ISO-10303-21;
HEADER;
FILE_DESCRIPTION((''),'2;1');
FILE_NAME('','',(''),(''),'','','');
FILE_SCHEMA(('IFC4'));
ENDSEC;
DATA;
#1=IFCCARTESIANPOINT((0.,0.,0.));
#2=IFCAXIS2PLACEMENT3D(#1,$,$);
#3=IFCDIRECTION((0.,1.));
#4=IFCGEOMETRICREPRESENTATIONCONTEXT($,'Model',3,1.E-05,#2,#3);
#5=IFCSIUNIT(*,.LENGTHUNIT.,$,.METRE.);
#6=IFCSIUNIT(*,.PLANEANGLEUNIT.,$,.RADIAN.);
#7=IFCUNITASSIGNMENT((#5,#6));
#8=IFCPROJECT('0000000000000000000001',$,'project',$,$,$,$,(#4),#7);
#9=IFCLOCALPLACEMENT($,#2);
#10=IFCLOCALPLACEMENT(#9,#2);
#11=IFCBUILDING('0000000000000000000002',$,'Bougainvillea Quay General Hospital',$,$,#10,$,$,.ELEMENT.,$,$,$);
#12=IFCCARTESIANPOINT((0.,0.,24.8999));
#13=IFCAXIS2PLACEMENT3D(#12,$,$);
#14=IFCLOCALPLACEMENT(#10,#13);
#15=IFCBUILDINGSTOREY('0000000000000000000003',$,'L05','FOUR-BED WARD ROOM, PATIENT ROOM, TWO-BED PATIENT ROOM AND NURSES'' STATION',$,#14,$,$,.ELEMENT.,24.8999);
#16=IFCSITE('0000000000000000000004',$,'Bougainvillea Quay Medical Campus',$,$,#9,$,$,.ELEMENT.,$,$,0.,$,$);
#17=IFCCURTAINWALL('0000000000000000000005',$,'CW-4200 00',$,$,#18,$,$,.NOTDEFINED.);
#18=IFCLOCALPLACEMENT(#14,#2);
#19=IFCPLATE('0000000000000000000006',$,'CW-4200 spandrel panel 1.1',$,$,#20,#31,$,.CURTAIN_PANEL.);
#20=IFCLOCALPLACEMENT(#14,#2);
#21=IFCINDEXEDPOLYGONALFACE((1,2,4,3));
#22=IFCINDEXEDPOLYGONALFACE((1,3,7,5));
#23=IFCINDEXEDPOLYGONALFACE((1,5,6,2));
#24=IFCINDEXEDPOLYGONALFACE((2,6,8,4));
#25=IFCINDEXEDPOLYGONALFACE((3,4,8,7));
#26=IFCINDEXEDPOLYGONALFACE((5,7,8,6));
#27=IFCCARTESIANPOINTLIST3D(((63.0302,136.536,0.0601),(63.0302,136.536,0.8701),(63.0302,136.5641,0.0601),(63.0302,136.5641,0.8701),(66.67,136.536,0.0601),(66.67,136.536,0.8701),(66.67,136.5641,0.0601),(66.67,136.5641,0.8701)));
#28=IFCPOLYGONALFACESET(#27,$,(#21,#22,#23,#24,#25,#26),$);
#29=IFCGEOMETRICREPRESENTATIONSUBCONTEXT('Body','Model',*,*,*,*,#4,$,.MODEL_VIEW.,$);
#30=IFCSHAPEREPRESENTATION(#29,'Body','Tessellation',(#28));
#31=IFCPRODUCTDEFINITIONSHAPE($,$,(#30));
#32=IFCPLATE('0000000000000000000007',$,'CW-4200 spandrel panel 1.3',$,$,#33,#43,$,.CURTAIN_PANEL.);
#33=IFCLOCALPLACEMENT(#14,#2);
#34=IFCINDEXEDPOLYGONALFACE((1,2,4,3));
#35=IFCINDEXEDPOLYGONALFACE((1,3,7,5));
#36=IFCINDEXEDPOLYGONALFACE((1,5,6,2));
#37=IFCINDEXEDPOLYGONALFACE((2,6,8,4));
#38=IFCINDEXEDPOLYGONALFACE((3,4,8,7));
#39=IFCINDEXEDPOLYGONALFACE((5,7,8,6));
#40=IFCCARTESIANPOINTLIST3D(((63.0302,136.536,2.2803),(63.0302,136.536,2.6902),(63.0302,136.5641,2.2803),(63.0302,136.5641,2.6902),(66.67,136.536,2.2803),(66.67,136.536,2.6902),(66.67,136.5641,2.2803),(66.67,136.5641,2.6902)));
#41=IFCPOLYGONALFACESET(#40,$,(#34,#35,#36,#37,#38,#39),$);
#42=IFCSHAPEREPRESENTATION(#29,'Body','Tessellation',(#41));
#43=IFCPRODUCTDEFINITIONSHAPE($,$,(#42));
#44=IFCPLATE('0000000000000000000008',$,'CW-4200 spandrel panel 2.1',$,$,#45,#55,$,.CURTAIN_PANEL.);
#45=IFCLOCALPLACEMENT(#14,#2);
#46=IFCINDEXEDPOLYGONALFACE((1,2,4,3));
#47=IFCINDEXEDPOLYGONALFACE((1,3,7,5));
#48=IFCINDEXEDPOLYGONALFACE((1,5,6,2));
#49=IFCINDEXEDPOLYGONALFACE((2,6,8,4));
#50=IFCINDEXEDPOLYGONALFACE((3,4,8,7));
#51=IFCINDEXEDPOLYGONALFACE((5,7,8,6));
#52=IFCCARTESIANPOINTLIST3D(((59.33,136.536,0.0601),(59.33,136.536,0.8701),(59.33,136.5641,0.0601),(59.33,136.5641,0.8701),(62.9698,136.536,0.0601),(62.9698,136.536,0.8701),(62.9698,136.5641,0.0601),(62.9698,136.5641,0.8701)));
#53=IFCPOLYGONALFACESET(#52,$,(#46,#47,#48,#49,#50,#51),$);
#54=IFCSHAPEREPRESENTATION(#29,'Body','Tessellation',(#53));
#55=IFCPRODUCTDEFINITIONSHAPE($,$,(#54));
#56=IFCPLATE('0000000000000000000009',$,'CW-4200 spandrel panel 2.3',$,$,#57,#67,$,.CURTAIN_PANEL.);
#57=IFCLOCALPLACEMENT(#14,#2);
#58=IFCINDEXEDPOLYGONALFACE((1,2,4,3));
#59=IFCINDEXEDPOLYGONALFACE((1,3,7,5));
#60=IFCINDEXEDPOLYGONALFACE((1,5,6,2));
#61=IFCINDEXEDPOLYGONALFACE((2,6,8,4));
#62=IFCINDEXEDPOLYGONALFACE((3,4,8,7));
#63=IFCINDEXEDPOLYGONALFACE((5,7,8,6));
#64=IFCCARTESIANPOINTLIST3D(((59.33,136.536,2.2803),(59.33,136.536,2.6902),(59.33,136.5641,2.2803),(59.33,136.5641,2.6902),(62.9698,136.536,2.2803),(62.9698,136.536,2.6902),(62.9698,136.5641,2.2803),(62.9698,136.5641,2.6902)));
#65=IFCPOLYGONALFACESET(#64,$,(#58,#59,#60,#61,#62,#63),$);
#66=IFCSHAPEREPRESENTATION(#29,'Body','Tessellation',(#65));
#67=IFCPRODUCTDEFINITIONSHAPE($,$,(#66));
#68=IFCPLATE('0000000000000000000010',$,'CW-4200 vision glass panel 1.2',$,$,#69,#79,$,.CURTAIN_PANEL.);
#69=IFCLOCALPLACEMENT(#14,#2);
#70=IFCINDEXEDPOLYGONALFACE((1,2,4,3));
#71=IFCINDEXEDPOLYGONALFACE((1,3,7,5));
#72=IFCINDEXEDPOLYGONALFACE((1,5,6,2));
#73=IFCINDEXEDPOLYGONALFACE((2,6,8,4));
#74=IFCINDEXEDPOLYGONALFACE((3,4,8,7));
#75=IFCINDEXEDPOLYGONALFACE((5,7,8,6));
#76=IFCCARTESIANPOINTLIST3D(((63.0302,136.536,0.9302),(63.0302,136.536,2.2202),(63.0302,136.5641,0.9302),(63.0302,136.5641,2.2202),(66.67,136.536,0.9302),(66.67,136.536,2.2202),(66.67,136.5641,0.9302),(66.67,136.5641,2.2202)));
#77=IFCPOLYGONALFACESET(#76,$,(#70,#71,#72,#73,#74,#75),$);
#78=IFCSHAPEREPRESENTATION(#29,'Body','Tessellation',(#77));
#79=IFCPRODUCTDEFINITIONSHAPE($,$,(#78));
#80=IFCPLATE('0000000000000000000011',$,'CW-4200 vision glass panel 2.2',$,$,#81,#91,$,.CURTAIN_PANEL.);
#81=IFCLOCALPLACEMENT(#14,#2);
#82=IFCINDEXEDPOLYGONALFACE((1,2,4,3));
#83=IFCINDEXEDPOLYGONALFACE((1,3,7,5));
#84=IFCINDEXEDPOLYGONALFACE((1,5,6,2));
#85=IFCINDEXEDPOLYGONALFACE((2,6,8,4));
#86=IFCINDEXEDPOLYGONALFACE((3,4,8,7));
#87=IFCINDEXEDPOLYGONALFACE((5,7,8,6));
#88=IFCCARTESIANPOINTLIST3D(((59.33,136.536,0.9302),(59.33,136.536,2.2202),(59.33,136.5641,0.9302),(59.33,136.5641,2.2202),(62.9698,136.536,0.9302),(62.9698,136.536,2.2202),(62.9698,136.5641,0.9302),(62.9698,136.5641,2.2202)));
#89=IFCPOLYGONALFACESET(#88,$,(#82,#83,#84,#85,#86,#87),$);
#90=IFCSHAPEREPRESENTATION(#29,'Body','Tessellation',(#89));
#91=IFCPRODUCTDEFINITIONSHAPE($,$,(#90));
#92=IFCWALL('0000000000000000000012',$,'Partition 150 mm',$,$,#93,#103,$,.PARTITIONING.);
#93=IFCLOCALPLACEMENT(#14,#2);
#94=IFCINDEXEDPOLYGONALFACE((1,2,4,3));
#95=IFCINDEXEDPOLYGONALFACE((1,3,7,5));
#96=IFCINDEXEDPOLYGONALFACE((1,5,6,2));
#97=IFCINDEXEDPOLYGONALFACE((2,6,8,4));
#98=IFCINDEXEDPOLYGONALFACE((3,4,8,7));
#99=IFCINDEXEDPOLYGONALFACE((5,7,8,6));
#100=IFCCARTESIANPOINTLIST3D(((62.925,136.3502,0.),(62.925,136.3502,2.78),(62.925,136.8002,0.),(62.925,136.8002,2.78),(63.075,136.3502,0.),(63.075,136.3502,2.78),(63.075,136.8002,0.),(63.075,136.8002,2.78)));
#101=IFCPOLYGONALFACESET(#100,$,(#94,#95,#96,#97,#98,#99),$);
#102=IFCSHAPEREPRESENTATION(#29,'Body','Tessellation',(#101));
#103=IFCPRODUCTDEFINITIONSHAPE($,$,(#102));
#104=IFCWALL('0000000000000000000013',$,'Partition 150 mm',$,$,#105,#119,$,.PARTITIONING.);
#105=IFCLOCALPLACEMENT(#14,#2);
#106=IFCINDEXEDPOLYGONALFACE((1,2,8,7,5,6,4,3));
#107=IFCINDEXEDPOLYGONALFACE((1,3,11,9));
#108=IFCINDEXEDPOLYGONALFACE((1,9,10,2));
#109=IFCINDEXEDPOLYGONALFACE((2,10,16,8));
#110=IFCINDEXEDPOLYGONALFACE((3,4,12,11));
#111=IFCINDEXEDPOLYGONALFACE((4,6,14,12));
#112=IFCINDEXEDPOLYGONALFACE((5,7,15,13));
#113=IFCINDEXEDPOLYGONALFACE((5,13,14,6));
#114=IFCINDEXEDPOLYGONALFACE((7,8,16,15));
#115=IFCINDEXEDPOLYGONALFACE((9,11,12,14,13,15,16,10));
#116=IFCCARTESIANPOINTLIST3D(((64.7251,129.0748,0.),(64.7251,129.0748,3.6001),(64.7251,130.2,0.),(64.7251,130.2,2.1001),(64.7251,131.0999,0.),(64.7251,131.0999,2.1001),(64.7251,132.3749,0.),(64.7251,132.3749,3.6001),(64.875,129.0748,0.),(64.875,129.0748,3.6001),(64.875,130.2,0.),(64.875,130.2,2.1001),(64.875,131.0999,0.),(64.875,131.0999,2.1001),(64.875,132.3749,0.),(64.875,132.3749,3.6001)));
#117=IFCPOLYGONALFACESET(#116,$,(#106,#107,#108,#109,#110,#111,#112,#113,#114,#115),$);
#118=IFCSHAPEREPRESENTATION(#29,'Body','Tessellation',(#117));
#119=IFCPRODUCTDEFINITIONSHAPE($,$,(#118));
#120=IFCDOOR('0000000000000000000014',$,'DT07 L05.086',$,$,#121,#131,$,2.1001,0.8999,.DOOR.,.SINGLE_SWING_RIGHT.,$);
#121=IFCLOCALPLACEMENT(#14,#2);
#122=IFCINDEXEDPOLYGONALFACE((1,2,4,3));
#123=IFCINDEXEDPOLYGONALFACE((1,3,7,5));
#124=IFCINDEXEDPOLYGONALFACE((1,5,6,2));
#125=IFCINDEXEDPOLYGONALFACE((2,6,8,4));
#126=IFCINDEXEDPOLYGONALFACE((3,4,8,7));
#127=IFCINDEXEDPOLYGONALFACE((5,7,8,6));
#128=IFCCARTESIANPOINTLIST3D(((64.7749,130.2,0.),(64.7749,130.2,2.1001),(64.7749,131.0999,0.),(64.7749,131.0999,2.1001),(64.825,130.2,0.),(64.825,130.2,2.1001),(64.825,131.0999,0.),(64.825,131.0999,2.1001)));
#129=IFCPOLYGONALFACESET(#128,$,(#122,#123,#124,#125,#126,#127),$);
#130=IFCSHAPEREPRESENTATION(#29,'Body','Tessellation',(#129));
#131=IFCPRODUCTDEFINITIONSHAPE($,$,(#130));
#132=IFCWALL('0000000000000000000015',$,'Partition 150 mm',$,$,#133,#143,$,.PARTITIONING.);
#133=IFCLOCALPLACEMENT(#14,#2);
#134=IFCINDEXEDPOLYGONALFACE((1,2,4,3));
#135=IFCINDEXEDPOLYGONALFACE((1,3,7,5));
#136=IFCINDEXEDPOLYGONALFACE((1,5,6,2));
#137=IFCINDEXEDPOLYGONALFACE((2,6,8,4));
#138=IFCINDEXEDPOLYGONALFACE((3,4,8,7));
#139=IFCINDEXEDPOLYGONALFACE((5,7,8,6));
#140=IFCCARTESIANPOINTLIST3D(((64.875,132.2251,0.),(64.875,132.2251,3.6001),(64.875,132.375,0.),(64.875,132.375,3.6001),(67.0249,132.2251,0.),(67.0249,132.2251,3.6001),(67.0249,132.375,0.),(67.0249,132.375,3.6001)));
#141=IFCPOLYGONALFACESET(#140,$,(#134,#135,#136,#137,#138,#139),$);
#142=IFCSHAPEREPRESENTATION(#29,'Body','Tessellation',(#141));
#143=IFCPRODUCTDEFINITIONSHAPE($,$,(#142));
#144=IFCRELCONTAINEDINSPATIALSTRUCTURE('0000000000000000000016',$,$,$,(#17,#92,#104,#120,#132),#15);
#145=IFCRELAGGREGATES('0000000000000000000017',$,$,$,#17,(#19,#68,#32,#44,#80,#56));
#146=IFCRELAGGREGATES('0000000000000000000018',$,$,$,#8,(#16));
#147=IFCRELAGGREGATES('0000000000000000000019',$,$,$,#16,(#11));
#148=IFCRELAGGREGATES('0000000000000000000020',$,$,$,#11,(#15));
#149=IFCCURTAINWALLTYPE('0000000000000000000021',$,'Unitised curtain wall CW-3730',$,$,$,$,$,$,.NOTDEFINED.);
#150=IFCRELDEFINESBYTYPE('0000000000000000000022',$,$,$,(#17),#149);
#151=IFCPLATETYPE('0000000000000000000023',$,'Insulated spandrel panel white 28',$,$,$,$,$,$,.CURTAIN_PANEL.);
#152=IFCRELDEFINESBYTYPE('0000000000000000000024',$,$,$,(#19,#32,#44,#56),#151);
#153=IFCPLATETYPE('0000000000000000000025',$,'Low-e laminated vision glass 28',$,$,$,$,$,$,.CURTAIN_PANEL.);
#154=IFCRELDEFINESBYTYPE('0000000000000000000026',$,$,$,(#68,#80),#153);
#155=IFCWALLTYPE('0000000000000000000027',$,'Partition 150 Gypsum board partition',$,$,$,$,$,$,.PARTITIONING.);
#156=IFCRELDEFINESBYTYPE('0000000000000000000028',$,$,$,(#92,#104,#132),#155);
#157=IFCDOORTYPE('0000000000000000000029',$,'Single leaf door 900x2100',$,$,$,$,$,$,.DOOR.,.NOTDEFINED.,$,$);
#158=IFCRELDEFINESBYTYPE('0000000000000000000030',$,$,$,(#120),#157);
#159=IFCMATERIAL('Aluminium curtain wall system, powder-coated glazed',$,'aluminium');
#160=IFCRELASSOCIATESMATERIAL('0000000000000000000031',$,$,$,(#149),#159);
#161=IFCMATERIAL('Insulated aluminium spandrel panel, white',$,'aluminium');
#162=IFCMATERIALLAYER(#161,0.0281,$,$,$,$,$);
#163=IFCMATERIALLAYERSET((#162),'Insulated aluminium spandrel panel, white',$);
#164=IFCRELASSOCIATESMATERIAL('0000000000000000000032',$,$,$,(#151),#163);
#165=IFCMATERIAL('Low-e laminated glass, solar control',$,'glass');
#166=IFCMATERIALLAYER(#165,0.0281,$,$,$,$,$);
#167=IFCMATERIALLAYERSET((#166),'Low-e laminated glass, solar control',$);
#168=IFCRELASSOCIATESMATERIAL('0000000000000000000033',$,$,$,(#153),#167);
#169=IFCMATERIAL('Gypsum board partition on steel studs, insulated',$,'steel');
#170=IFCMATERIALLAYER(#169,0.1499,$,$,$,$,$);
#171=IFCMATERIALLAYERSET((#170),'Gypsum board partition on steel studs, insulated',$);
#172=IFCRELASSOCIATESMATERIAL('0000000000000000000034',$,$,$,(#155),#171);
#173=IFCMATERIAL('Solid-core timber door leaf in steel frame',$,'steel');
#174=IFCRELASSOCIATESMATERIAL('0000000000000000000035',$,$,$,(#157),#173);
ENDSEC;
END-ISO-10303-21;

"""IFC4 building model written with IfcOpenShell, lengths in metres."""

from ifc_helpers import new_model, si_unit, direction, frame, frame_2d, origin, origin_2d, place, context, subcontext, project, spatial, rectangle, extrude, material, layer, layer_set, type_object, element, fill, aggregate, save


model = new_model("IFC4")

# Units and contexts
model_context = context("Model", 3, precision=1e-05, world=origin(), true_north=direction((0.0, 1.0)))
body_context = subcontext(model_context, "Body", "Model", "MODEL_VIEW")
ifc_project = project(units=[si_unit("LENGTHUNIT", "METRE"), si_unit("PLANEANGLEUNIT", "RADIAN")], contexts=[model_context])

# Site, building, storey
site_placement = place(None, origin())
site = spatial("IfcSite", under=ifc_project, at=site_placement, Name="Bougainvillea Quay Medical Campus", CompositionType="ELEMENT", RefElevation=0.0)
building_placement = place(site_placement, origin())
building = spatial("IfcBuilding", under=site, at=building_placement, Name="Bougainvillea Quay General Hospital", CompositionType="ELEMENT")
storey_placement = place(building_placement, frame((0.0, 0.0, 24.8999)))
storey = spatial("IfcBuildingStorey", under=building, at=storey_placement, Name="L05", Description="FOUR-BED WARD ROOM, PATIENT ROOM, TWO-BED PATIENT ROOM AND NURSES' STATION", CompositionType="ELEMENT", Elevation=24.8999)

# Curtain wall
ifc_material_1 = material(Name="Aluminium curtain wall system, powder-coated glazed", Category="aluminium")
curtain_wall_type = type_object("IfcCurtainWallType", Name="Unitised curtain wall CW-3730", PredefinedType="NOTDEFINED", material=ifc_material_1)
curtain_wall_1_placement = place(storey_placement, origin())
curtain_wall_1 = element("IfcCurtainWall", 1, at=curtain_wall_1_placement, inside=storey, type_object=curtain_wall_type, Name="CW-4200 00", PredefinedType="NOTDEFINED")

# Plates
ifc_material_2 = material(Name="Insulated aluminium spandrel panel, white", Category="aluminium")
ifc_layer_1 = layer(ifc_material_2, 0.0281)
ifc_layer_set_1 = layer_set([ifc_layer_1], Name="Insulated aluminium spandrel panel, white")
plate_type_1 = type_object("IfcPlateType", Name="Insulated spandrel panel white 28", PredefinedType="CURTAIN_PANEL", material=ifc_layer_set_1)
plate_1_placement = place(storey_placement, frame((64.8501, 136.55, 0.0601), z_axis=(0.0, 0.0, 1.0), x_axis=(-1.0, 0.0, 0.0)))
plate_1 = element("IfcPlate", 2, at=plate_1_placement, type_object=plate_type_1, Name="CW-4200 spandrel panel 1.1", PredefinedType="CURTAIN_PANEL", context=body_context, shape_type="SweptSolid", body=[
    extrude(rectangle(XDim=3.6399, YDim=0.0281, at=origin_2d()), origin(), (0.0, 0.0, 1.0), 0.8101),
])
plate_2_placement = place(storey_placement, frame((64.8501, 136.55, 2.2803), z_axis=(0.0, 0.0, 1.0), x_axis=(-1.0, 0.0, 0.0)))
plate_2 = element("IfcPlate", 3, at=plate_2_placement, type_object=plate_type_1, Name="CW-4200 spandrel panel 1.3", PredefinedType="CURTAIN_PANEL", context=body_context, shape_type="SweptSolid", body=[
    extrude(rectangle(XDim=3.6399, YDim=0.0281, at=origin_2d()), origin(), (0.0, 0.0, 1.0), 0.4099),
])
plate_3_placement = place(storey_placement, frame((61.1499, 136.55, 0.0601), z_axis=(0.0, 0.0, 1.0), x_axis=(-1.0, 0.0, 0.0)))
plate_3 = element("IfcPlate", 4, at=plate_3_placement, type_object=plate_type_1, Name="CW-4200 spandrel panel 2.1", PredefinedType="CURTAIN_PANEL", context=body_context, shape_type="SweptSolid", body=[
    extrude(rectangle(XDim=3.6399, YDim=0.0281, at=origin_2d()), origin(), (0.0, 0.0, 1.0), 0.8101),
])
plate_4_placement = place(storey_placement, frame((61.1499, 136.55, 2.2803), z_axis=(0.0, 0.0, 1.0), x_axis=(-1.0, 0.0, 0.0)))
plate_4 = element("IfcPlate", 5, at=plate_4_placement, type_object=plate_type_1, Name="CW-4200 spandrel panel 2.3", PredefinedType="CURTAIN_PANEL", context=body_context, shape_type="SweptSolid", body=[
    extrude(rectangle(XDim=3.6399, YDim=0.0281, at=origin_2d()), origin(), (0.0, 0.0, 1.0), 0.4099),
])
ifc_material_3 = material(Name="Low-e laminated glass, solar control", Category="glass")
ifc_layer_2 = layer(ifc_material_3, 0.0281)
ifc_layer_set_2 = layer_set([ifc_layer_2], Name="Low-e laminated glass, solar control")
plate_type_2 = type_object("IfcPlateType", Name="Low-e laminated vision glass 28", PredefinedType="CURTAIN_PANEL", material=ifc_layer_set_2)
plate_5_placement = place(storey_placement, frame((64.8501, 136.55, 0.9302), z_axis=(0.0, 0.0, 1.0), x_axis=(-1.0, 0.0, 0.0)))
plate_5 = element("IfcPlate", 6, at=plate_5_placement, type_object=plate_type_2, Name="CW-4200 vision glass panel 1.2", PredefinedType="CURTAIN_PANEL", context=body_context, shape_type="SweptSolid", body=[
    extrude(rectangle(XDim=3.6399, YDim=0.0281, at=origin_2d()), origin(), (0.0, 0.0, 1.0), 1.29),
])
plate_6_placement = place(storey_placement, frame((61.1499, 136.55, 0.9302), z_axis=(0.0, 0.0, 1.0), x_axis=(-1.0, 0.0, 0.0)))
plate_6 = element("IfcPlate", 7, at=plate_6_placement, type_object=plate_type_2, Name="CW-4200 vision glass panel 2.2", PredefinedType="CURTAIN_PANEL", context=body_context, shape_type="SweptSolid", body=[
    extrude(rectangle(XDim=3.6399, YDim=0.0281, at=origin_2d()), origin(), (0.0, 0.0, 1.0), 1.29),
])
aggregate(curtain_wall_1, [plate_1, plate_5, plate_2, plate_3, plate_6, plate_4])

# Wall
ifc_material_4 = material(Name="Gypsum board partition on steel studs, insulated", Category="steel")
ifc_layer_3 = layer(ifc_material_4, 0.1499)
ifc_layer_set_3 = layer_set([ifc_layer_3], Name="Gypsum board partition on steel studs, insulated")
wall_type = type_object("IfcWallType", Name="Partition 150 Gypsum board partition", PredefinedType="PARTITIONING", material=ifc_layer_set_3)
wall_1_placement = place(storey_placement, frame((63.0, 136.3501, 0.0), z_axis=(0.0, 0.0, 1.0), x_axis=(0.0, 1.0, 0.0)))
element("IfcWall", 8, at=wall_1_placement, inside=storey, type_object=wall_type, Name="Partition 150 mm", PredefinedType="PARTITIONING", context=body_context, shape_type="SweptSolid", body=[
    extrude(rectangle(XDim=0.45, YDim=0.1499, at=frame_2d((0.2251, 0.0))), origin(), (0.0, 0.0, 1.0), 2.78),
])

# Wall, opening, door
wall_2_placement = place(storey_placement, frame((64.8, 129.075, 0.0), z_axis=(0.0, 0.0, 1.0), x_axis=(0.0, 1.0, 0.0)))
wall_2 = element("IfcWall", 9, at=wall_2_placement, inside=storey, type_object=wall_type, Name="Partition 150 mm", PredefinedType="PARTITIONING", context=body_context, shape_type="SweptSolid", body=[
    extrude(rectangle(XDim=3.3, YDim=0.1499, at=frame_2d((1.6499, 0.0))), origin(), (0.0, 0.0, 1.0), 3.6001),
])
opening_placement = place(wall_2_placement, frame((1.125, 0.0, 0.0)))
opening = element("IfcOpeningElement", 10, at=opening_placement, cuts=wall_2, PredefinedType="OPENING", context=body_context, shape_type="SweptSolid", body=[
    extrude(rectangle(XDim=0.8999, YDim=2.1001, at=frame_2d((0.45, 1.05))), frame((0.0, 0.085, 0.0), z_axis=(0.0, -1.0, 0.0), x_axis=(1.0, 0.0, 0.0)), (0.0, 0.0, 1.0), 0.1699),
])
ifc_material_5 = material(Name="Solid-core timber door leaf in steel frame", Category="steel")
door_type = type_object("IfcDoorType", Name="Single leaf door 900x2100", OperationType="NOTDEFINED", PredefinedType="DOOR", material=ifc_material_5)
door_placement = place(opening_placement, frame((0.8999, 0.0, 0.0), z_axis=(0.0, 0.0, 1.0), x_axis=(-1.0, 0.0, 0.0)))
door = element("IfcDoor", 11, at=door_placement, inside=storey, type_object=door_type, Name="DT07 L05.086", OperationType="SINGLE_SWING_RIGHT", OverallHeight=2.1001, OverallWidth=0.8999, PredefinedType="DOOR", context=body_context, shape_type="SweptSolid", body=[
    extrude(rectangle(XDim=0.8999, YDim=2.1001, at=frame_2d((0.45, 1.05))), frame((0.0, 0.0249, 0.0), z_axis=(0.0, -1.0, 0.0), x_axis=(1.0, 0.0, 0.0)), (0.0, 0.0, 1.0), 0.05),
])
fill(opening, door)

# Wall
wall_3_placement = place(storey_placement, frame((64.875, 132.3, 0.0), z_axis=(0.0, 0.0, 1.0), x_axis=(1.0, 0.0, 0.0)))
element("IfcWall", 12, at=wall_3_placement, inside=storey, type_object=wall_type, Name="Partition 150 mm", PredefinedType="PARTITIONING", context=body_context, shape_type="SweptSolid", body=[
    extrude(rectangle(XDim=2.1499, YDim=0.1499, at=frame_2d((1.075, 0.0))), origin(), (0.0, 0.0, 1.0), 3.6001),
])

save(model, "model.ifc")
